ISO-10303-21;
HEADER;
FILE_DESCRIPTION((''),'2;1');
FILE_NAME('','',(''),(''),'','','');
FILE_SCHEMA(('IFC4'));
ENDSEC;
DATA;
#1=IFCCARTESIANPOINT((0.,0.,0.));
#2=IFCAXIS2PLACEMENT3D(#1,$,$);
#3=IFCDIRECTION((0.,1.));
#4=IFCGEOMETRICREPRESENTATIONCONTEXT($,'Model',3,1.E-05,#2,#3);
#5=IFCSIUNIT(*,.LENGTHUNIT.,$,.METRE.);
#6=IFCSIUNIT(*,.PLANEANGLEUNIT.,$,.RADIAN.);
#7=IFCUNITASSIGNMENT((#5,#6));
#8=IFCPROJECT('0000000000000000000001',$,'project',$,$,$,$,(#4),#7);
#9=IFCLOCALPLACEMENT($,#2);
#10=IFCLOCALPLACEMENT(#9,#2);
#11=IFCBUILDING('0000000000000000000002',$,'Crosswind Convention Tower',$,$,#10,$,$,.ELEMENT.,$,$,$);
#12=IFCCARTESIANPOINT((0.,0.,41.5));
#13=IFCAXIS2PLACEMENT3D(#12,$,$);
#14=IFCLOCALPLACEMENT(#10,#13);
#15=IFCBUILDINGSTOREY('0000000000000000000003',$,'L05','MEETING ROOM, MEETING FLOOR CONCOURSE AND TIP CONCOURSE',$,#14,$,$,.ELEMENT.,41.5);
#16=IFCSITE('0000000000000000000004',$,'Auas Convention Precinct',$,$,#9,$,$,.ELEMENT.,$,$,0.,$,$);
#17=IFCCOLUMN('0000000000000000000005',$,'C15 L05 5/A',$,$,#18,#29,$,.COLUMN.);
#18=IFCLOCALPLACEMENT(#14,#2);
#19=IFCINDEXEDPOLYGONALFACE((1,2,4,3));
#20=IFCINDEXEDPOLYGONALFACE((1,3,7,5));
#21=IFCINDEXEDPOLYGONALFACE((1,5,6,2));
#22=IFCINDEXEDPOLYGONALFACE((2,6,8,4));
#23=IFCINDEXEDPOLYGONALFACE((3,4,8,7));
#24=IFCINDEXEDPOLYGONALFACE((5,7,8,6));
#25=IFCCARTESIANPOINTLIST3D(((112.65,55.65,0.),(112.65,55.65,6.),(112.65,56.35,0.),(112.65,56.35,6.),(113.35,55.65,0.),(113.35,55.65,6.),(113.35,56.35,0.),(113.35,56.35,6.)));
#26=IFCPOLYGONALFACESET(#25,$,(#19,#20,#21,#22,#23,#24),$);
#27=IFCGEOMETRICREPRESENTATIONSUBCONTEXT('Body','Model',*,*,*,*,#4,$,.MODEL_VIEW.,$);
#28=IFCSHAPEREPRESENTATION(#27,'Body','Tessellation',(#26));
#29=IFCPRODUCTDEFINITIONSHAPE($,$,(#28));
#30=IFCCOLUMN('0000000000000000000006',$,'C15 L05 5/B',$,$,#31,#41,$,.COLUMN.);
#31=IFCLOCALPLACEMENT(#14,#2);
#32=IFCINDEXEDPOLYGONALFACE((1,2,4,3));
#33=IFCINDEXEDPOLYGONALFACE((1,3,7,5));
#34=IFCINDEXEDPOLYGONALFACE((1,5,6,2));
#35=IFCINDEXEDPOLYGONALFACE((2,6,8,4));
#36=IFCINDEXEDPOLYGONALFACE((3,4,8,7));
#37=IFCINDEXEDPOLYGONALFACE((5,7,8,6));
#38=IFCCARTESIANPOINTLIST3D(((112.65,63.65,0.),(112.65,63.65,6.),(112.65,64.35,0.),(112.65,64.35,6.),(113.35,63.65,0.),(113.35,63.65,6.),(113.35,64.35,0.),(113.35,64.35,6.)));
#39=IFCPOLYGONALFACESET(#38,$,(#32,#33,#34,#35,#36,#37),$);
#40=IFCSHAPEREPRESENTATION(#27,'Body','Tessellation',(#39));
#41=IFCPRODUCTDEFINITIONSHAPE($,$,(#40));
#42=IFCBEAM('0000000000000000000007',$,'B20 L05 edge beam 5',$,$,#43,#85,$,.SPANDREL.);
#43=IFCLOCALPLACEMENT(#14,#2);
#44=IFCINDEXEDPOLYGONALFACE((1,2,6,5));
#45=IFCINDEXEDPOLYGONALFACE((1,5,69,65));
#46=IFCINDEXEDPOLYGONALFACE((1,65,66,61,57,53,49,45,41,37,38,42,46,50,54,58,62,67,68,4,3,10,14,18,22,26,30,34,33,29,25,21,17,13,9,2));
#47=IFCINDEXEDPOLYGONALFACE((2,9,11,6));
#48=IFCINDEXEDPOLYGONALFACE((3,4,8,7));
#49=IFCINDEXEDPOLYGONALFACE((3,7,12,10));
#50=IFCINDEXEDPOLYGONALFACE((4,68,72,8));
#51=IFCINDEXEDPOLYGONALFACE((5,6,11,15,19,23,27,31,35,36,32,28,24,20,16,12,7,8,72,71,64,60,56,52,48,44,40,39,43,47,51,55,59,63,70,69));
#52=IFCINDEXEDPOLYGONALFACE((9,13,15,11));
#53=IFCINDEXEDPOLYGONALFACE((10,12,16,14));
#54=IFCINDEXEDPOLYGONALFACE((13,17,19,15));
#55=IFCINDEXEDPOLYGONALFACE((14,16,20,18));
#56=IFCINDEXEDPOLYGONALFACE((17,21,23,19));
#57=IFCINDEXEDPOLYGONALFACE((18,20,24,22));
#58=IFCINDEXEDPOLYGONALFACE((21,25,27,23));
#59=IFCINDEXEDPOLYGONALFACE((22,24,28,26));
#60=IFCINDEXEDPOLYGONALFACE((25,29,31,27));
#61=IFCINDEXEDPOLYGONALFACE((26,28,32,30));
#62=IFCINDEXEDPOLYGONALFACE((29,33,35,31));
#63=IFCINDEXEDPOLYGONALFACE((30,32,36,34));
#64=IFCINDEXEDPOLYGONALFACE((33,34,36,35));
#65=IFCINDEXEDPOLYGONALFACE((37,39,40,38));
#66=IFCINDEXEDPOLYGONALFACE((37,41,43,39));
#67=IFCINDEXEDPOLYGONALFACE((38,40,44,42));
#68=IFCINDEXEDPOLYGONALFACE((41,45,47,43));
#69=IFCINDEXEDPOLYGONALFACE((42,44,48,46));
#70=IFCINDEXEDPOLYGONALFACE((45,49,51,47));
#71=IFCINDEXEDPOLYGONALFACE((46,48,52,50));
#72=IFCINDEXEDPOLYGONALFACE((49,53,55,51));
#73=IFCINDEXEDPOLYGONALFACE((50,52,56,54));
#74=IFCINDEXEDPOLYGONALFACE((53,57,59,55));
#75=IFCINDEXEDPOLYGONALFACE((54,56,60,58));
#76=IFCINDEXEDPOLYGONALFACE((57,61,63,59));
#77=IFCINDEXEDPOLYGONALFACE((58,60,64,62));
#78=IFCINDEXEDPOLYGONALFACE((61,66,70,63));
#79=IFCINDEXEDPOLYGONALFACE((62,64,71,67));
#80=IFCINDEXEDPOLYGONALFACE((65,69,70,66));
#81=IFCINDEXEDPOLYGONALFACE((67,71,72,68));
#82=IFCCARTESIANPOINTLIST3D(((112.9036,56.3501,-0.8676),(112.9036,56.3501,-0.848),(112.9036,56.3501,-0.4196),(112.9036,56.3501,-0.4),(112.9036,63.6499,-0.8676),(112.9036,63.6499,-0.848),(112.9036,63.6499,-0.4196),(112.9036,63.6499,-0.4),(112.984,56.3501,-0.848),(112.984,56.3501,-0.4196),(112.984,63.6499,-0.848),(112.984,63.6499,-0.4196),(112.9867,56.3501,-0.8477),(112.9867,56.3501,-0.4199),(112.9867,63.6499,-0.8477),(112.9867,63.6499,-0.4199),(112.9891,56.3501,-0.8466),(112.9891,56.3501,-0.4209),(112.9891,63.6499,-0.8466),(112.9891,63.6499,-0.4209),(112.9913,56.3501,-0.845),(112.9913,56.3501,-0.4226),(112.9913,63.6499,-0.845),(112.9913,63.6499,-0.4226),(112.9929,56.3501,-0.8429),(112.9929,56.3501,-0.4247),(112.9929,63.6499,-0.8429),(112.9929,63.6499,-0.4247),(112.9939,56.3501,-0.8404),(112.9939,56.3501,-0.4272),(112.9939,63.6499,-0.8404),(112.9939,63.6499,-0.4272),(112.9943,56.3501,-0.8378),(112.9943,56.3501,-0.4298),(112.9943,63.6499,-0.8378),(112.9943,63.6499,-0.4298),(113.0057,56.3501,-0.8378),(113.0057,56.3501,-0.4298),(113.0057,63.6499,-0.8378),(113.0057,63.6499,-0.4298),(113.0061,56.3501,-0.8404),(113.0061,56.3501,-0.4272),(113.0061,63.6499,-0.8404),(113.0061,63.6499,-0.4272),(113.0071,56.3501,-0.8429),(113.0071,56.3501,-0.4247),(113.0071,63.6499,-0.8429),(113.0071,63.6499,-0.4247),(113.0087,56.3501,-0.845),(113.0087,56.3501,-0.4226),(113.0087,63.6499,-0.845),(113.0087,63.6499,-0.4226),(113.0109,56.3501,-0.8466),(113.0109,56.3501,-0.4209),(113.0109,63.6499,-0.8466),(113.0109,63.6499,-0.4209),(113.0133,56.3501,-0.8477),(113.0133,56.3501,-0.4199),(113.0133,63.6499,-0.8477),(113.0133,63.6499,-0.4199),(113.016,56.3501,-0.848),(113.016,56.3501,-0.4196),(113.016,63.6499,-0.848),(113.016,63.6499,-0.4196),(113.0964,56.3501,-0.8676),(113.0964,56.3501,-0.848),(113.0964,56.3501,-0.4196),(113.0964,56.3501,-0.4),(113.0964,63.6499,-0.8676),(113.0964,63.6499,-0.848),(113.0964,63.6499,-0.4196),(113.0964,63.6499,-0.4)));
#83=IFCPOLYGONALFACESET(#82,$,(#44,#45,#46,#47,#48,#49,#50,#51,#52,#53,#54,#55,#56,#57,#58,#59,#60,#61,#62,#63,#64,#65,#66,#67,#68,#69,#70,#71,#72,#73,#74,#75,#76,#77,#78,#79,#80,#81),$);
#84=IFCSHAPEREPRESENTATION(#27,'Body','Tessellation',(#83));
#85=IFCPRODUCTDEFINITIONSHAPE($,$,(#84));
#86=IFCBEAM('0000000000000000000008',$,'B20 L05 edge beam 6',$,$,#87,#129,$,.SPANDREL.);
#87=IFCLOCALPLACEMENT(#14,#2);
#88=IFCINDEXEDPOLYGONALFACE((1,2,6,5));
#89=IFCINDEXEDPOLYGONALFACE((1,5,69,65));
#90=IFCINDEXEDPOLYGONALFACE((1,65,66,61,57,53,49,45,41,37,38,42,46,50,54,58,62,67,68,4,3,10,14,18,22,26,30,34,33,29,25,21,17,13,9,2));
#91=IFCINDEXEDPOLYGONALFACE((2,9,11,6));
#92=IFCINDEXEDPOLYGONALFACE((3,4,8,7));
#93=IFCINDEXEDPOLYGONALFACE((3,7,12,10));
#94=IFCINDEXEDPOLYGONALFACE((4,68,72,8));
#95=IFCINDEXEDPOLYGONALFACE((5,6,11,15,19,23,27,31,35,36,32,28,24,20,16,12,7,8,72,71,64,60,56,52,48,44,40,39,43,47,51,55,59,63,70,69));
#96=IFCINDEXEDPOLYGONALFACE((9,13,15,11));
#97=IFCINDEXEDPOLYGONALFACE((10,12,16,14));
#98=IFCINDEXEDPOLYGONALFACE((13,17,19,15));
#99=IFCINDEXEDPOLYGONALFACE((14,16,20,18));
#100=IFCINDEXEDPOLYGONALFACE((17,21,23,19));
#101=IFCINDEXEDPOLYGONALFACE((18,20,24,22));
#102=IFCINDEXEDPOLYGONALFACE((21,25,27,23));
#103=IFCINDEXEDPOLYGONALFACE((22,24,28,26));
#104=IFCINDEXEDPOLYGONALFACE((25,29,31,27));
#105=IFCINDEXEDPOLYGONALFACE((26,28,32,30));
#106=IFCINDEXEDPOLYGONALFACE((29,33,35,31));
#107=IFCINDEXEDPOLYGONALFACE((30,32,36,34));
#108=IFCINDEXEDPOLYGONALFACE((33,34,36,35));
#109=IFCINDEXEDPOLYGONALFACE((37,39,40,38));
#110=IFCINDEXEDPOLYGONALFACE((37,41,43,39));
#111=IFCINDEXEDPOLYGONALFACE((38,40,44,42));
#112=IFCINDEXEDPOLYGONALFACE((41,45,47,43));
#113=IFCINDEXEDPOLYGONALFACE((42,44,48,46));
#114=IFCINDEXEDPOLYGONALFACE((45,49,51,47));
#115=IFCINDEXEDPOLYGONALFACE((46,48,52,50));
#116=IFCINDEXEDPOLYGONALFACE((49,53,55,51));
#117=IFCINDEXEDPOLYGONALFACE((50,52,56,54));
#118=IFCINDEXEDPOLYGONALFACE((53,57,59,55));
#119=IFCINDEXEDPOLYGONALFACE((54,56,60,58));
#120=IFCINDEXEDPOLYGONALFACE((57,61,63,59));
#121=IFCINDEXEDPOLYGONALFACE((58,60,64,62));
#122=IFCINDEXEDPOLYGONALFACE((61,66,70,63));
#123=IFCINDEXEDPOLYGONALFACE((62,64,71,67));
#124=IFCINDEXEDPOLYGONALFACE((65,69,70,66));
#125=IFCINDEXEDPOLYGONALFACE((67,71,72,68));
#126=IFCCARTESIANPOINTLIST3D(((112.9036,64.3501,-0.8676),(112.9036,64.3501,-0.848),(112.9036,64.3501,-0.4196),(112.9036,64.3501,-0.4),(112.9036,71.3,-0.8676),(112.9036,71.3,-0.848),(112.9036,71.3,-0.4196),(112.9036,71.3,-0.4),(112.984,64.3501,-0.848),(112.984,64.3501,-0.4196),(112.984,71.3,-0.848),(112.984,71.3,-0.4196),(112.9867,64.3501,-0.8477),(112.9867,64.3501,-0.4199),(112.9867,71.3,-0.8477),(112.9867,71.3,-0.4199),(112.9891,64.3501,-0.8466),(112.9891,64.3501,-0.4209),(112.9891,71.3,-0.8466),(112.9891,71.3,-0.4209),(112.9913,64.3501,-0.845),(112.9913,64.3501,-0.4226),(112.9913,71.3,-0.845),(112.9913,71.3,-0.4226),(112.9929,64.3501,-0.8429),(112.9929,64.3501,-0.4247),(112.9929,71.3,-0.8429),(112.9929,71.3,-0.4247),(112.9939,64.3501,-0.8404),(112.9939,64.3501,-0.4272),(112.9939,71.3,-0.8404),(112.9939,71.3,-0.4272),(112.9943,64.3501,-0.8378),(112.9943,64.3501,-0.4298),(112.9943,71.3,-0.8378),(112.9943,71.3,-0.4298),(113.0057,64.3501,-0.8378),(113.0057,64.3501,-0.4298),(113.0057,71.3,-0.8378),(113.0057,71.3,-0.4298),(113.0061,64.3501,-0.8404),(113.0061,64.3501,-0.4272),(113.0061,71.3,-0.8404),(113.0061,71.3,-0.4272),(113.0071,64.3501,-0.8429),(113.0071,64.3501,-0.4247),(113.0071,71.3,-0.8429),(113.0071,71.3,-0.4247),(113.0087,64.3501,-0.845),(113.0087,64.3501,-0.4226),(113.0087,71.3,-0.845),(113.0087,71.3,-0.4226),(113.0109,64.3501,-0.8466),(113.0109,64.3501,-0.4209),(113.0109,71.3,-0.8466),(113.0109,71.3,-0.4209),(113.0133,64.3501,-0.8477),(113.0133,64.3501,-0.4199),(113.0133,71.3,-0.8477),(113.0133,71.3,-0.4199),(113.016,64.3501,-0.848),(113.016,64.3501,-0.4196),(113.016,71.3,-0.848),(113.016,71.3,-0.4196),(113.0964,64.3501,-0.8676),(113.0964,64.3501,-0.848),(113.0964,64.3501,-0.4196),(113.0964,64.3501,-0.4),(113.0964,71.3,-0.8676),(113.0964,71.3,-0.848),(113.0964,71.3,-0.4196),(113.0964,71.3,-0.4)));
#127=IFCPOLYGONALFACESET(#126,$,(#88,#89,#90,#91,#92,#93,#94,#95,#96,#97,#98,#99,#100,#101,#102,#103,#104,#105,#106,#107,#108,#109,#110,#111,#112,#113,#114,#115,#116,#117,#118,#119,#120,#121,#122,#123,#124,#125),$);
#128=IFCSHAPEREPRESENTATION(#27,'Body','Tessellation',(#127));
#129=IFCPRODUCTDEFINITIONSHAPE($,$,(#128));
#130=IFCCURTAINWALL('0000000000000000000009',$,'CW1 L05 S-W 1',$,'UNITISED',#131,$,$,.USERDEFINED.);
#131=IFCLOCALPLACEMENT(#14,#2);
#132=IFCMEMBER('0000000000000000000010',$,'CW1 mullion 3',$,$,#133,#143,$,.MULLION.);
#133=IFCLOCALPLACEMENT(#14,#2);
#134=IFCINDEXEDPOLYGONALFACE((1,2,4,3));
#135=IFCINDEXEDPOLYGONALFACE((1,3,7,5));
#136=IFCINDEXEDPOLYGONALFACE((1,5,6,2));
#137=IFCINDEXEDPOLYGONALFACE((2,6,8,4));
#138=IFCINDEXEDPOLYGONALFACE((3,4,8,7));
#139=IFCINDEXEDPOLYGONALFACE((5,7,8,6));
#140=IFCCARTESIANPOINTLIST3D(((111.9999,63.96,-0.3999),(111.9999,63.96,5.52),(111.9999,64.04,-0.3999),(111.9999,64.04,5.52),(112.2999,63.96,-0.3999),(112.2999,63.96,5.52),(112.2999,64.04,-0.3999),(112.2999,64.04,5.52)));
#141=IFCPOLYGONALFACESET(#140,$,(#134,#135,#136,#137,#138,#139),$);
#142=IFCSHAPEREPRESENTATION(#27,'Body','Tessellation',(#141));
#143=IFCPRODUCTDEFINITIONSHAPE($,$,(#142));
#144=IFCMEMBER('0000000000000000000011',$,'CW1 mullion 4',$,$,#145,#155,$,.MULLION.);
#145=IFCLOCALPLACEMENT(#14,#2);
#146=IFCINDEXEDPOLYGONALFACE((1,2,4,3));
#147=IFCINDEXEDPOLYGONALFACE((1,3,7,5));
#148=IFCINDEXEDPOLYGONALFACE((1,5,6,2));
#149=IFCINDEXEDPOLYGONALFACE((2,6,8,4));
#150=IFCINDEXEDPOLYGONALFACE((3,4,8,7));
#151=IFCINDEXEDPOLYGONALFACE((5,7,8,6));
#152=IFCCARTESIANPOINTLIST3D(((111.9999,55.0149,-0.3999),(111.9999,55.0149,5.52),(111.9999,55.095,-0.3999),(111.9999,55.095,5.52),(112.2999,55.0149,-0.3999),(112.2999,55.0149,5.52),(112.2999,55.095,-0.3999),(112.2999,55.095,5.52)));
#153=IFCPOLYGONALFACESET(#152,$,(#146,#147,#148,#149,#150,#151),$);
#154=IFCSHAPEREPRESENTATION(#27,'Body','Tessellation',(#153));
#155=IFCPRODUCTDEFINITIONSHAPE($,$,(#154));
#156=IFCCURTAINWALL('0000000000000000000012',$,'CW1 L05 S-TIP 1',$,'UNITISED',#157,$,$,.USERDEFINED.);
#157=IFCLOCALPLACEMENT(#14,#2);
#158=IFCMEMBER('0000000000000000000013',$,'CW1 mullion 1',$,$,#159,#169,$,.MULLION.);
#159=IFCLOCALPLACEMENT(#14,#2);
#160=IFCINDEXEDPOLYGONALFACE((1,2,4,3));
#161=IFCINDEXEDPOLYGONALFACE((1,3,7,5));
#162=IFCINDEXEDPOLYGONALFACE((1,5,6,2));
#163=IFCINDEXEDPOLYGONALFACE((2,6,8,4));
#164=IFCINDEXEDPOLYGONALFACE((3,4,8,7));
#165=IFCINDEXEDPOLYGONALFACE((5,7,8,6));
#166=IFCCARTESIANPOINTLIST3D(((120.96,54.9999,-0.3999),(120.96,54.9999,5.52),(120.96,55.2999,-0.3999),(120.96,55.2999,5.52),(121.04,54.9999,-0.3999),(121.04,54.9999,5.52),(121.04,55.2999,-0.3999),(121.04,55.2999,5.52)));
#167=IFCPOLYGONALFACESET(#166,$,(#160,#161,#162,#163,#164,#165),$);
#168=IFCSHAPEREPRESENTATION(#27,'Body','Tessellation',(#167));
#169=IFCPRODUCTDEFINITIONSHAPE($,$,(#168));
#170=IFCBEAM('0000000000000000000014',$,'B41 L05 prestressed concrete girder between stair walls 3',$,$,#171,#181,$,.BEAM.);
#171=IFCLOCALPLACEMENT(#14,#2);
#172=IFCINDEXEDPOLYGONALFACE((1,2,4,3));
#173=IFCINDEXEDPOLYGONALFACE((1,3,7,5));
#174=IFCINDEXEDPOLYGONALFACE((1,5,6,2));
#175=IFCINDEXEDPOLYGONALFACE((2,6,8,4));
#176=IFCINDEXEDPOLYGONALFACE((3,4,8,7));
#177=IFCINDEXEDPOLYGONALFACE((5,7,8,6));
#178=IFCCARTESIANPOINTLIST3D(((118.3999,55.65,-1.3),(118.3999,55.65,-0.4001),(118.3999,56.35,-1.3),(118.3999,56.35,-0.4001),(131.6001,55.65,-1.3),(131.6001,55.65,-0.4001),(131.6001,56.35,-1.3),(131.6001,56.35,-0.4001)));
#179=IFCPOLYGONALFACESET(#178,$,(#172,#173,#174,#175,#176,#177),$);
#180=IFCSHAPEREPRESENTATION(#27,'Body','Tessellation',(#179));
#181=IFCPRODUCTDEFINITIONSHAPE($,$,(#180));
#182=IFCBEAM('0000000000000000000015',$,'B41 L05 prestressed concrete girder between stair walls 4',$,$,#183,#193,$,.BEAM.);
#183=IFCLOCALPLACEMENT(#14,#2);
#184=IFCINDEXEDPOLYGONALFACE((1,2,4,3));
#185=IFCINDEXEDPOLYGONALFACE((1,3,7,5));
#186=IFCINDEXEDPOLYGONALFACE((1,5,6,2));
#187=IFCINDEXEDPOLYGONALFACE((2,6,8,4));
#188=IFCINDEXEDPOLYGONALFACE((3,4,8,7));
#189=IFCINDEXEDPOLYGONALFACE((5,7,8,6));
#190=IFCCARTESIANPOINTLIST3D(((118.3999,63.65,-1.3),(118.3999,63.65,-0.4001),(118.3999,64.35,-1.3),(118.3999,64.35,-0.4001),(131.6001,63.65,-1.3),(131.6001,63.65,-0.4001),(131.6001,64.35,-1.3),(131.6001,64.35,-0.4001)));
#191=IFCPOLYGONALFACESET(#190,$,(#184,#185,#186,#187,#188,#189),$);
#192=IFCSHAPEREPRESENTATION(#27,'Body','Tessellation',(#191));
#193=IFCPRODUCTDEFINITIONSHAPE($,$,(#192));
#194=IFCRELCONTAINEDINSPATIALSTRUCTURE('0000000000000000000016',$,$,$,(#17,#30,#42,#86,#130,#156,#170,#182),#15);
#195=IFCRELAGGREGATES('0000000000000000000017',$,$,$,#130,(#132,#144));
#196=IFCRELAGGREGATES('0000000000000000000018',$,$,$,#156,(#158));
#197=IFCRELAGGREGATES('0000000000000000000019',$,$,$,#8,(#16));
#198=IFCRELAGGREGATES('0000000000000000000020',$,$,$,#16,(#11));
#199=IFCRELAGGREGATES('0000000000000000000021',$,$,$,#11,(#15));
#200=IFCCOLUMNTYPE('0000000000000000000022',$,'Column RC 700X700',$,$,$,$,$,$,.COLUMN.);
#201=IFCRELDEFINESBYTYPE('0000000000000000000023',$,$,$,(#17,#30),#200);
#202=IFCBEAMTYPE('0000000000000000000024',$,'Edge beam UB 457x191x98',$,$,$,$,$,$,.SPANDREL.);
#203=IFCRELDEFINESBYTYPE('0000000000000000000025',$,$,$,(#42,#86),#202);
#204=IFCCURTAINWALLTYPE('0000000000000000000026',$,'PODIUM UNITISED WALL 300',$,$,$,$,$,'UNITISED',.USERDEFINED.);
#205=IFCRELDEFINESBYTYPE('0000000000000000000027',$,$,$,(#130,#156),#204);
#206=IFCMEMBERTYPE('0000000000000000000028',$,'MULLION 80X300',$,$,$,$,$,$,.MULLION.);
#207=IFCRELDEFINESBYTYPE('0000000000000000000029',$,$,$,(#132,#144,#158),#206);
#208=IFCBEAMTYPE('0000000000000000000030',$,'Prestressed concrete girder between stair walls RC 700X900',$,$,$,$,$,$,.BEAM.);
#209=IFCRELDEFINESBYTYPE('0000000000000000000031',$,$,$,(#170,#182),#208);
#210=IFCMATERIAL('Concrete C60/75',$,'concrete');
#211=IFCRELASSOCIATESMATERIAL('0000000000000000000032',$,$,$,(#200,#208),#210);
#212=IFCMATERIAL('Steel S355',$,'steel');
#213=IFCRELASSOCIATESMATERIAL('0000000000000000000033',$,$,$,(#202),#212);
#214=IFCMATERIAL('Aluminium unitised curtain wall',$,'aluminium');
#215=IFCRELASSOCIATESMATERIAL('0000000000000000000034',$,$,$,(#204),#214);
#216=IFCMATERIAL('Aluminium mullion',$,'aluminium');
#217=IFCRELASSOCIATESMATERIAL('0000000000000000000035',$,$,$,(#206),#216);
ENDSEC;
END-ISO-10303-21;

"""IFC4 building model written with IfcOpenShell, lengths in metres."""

from ifc_helpers import new_model, si_unit, direction, frame, origin, origin_2d, place, context, subcontext, project, spatial, rectangle, i_section, extrude, material, material_profile, profile_set, type_object, element, aggregate, save


model = new_model("IFC4")

# Units and contexts
model_context = context("Model", 3, precision=1e-05, world=origin(), true_north=direction((0.0, 1.0)))
body_context = subcontext(model_context, "Body", "Model", "MODEL_VIEW")
ifc_project = project(units=[si_unit("LENGTHUNIT", "METRE"), si_unit("PLANEANGLEUNIT", "RADIAN")], contexts=[model_context])

# Site, building, storey
site_placement = place(None, origin())
site = spatial("IfcSite", under=ifc_project, at=site_placement, Name="Auas Convention Precinct", CompositionType="ELEMENT", RefElevation=0.0)
building_placement = place(site_placement, origin())
building = spatial("IfcBuilding", under=site, at=building_placement, Name="Crosswind Convention Tower", CompositionType="ELEMENT")
storey_placement = place(building_placement, frame((0.0, 0.0, 41.5)))
storey = spatial("IfcBuildingStorey", under=building, at=storey_placement, Name="L05", Description="MEETING ROOM, MEETING FLOOR CONCOURSE AND TIP CONCOURSE", CompositionType="ELEMENT", Elevation=41.5)

# Columns
ifc_material_1 = material(Name="Concrete C60/75", Category="concrete")
ifc_material_profile_1 = material_profile(ifc_material_1, rectangle(XDim=0.7, YDim=0.7, at=origin_2d()), Name="RC 700X700")
ifc_profile_set_1 = profile_set([ifc_material_profile_1], Name="Concrete C60/75")
column_type = type_object("IfcColumnType", Name="Column RC 700X700", PredefinedType="COLUMN", material=ifc_profile_set_1)
for number, where, z_axis, x_axis, name in (
    (1, (113.0, 56.0, 0.0), (0.0, 0.0, 1.0), (1.0, 0.0, 0.0), "C15 L05 5/A"),
    (2, (113.0, 64.0, 0.0), (0.0, 0.0, 1.0), (1.0, 0.0, 0.0), "C15 L05 5/B"),
):
    element("IfcColumn", number, at=place(storey_placement, frame(where, z_axis=z_axis, x_axis=x_axis)), inside=storey, type_object=column_type, Name=name, PredefinedType="COLUMN", context=body_context, shape_type="SweptSolid", body=[
        extrude(rectangle(XDim=0.7, YDim=0.7, at=origin_2d()), origin(), (0.0, 0.0, 1.0), 6.0),
    ])

# Beams
ifc_material_2 = material(Name="Steel S355", Category="steel")
ifc_material_profile_2 = material_profile(ifc_material_2, i_section(OverallWidth=0.1929, OverallDepth=0.4675, WebThickness=0.0115, FlangeThickness=0.0195, FilletRadius=0.0103, at=origin_2d()), Name="UB 457x191x98")
ifc_profile_set_2 = profile_set([ifc_material_profile_2], Name="Steel S355")
beam_type_1 = type_object("IfcBeamType", Name="Edge beam UB 457x191x98", PredefinedType="SPANDREL", material=ifc_profile_set_2)
beam_1_placement = place(storey_placement, frame((113.0, 56.3501, -0.6338), z_axis=(0.0, 1.0, 0.0), x_axis=(-1.0, 0.0, 0.0)))
element("IfcBeam", 3, at=beam_1_placement, inside=storey, type_object=beam_type_1, Name="B20 L05 edge beam 5", PredefinedType="SPANDREL", context=body_context, shape_type="SweptSolid", body=[
    extrude(i_section(OverallWidth=0.1929, OverallDepth=0.4675, WebThickness=0.0115, FlangeThickness=0.0195, FilletRadius=0.0103, at=origin_2d()), origin(), (0.0, 0.0, 1.0), 7.2998),
])
beam_2_placement = place(storey_placement, frame((113.0, 64.3501, -0.6338), z_axis=(0.0, 1.0, 0.0), x_axis=(-1.0, 0.0, 0.0)))
element("IfcBeam", 4, at=beam_2_placement, inside=storey, type_object=beam_type_1, Name="B20 L05 edge beam 6", PredefinedType="SPANDREL", context=body_context, shape_type="SweptSolid", body=[
    extrude(i_section(OverallWidth=0.1929, OverallDepth=0.4675, WebThickness=0.0115, FlangeThickness=0.0195, FilletRadius=0.0103, at=origin_2d()), origin(), (0.0, 0.0, 1.0), 6.95),
])

# Curtain wall, members
ifc_material_3 = material(Name="Aluminium unitised curtain wall", Category="aluminium")
curtain_wall_type = type_object("IfcCurtainWallType", Name="PODIUM UNITISED WALL 300", ElementType="UNITISED", PredefinedType="USERDEFINED", material=ifc_material_3)
curtain_wall_1_placement = place(storey_placement, origin())
curtain_wall_1 = element("IfcCurtainWall", 5, at=curtain_wall_1_placement, inside=storey, type_object=curtain_wall_type, Name="CW1 L05 S-W 1", ObjectType="UNITISED", PredefinedType="USERDEFINED")
ifc_material_4 = material(Name="Aluminium mullion", Category="aluminium")
ifc_material_profile_3 = material_profile(ifc_material_4, rectangle(XDim=0.3, YDim=0.0801, at=origin_2d()), Name="AL 300X80")
ifc_profile_set_3 = profile_set([ifc_material_profile_3], Name="Aluminium mullion")
member_type_1 = type_object("IfcMemberType", Name="MULLION 80X300", PredefinedType="MULLION", material=ifc_profile_set_3)
member_1_placement = place(storey_placement, frame((112.1499, 64.0, -0.3999), z_axis=(0.0, 0.0, 1.0), x_axis=(-1.0, 0.0, 0.0)))
member_1 = element("IfcMember", 6, at=member_1_placement, type_object=member_type_1, Name="CW1 mullion 3", PredefinedType="MULLION", context=body_context, shape_type="SweptSolid", body=[
    extrude(rectangle(XDim=0.3, YDim=0.0801, at=origin_2d()), origin(), (0.0, 0.0, 1.0), 5.9199),
])
member_2_placement = place(storey_placement, frame((112.1499, 55.0549, -0.3999), z_axis=(0.0, 0.0, 1.0), x_axis=(-1.0, 0.0, 0.0)))
member_2 = element("IfcMember", 7, at=member_2_placement, type_object=member_type_1, Name="CW1 mullion 4", PredefinedType="MULLION", context=body_context, shape_type="SweptSolid", body=[
    extrude(rectangle(XDim=0.3, YDim=0.0801, at=origin_2d()), origin(), (0.0, 0.0, 1.0), 5.9199),
])

# Curtain wall, member
curtain_wall_2_placement = place(storey_placement, origin())
curtain_wall_2 = element("IfcCurtainWall", 8, at=curtain_wall_2_placement, inside=storey, type_object=curtain_wall_type, Name="CW1 L05 S-TIP 1", ObjectType="UNITISED", PredefinedType="USERDEFINED")
member_3_placement = place(storey_placement, frame((121.0, 55.1499, -0.3999), z_axis=(0.0, 0.0, 1.0), x_axis=(0.0, -1.0, 0.0)))
member_3 = element("IfcMember", 9, at=member_3_placement, type_object=member_type_1, Name="CW1 mullion 1", PredefinedType="MULLION", context=body_context, shape_type="SweptSolid", body=[
    extrude(rectangle(XDim=0.3, YDim=0.0801, at=origin_2d()), origin(), (0.0, 0.0, 1.0), 5.9199),
])

# Beams
ifc_material_profile_4 = material_profile(ifc_material_1, rectangle(XDim=0.7, YDim=0.8999, at=origin_2d()), Name="RC 700X900")
ifc_profile_set_4 = profile_set([ifc_material_profile_4], Name="Concrete C60/75")
beam_type_2 = type_object("IfcBeamType", Name="Prestressed concrete girder between stair walls RC 700X900", PredefinedType="BEAM", material=ifc_profile_set_4)
for number, where, z_axis, x_axis, name in (
    (10, (118.3999, 56.0, -0.8501), (1.0, 0.0, 0.0), (0.0, 1.0, 0.0), "B41 L05 prestressed concrete girder between stair walls 3"),
    (11, (118.3999, 64.0, -0.8501), (1.0, 0.0, 0.0), (0.0, 1.0, 0.0), "B41 L05 prestressed concrete girder between stair walls 4"),
):
    element("IfcBeam", number, at=place(storey_placement, frame(where, z_axis=z_axis, x_axis=x_axis)), inside=storey, type_object=beam_type_2, Name=name, PredefinedType="BEAM", context=body_context, shape_type="SweptSolid", body=[
        extrude(rectangle(XDim=0.7, YDim=0.8999, at=origin_2d()), origin(), (0.0, 0.0, 1.0), 13.2002),
    ])

aggregate(curtain_wall_1, [member_1, member_2])

aggregate(curtain_wall_2, [member_3])

save(model, "model.ifc")
